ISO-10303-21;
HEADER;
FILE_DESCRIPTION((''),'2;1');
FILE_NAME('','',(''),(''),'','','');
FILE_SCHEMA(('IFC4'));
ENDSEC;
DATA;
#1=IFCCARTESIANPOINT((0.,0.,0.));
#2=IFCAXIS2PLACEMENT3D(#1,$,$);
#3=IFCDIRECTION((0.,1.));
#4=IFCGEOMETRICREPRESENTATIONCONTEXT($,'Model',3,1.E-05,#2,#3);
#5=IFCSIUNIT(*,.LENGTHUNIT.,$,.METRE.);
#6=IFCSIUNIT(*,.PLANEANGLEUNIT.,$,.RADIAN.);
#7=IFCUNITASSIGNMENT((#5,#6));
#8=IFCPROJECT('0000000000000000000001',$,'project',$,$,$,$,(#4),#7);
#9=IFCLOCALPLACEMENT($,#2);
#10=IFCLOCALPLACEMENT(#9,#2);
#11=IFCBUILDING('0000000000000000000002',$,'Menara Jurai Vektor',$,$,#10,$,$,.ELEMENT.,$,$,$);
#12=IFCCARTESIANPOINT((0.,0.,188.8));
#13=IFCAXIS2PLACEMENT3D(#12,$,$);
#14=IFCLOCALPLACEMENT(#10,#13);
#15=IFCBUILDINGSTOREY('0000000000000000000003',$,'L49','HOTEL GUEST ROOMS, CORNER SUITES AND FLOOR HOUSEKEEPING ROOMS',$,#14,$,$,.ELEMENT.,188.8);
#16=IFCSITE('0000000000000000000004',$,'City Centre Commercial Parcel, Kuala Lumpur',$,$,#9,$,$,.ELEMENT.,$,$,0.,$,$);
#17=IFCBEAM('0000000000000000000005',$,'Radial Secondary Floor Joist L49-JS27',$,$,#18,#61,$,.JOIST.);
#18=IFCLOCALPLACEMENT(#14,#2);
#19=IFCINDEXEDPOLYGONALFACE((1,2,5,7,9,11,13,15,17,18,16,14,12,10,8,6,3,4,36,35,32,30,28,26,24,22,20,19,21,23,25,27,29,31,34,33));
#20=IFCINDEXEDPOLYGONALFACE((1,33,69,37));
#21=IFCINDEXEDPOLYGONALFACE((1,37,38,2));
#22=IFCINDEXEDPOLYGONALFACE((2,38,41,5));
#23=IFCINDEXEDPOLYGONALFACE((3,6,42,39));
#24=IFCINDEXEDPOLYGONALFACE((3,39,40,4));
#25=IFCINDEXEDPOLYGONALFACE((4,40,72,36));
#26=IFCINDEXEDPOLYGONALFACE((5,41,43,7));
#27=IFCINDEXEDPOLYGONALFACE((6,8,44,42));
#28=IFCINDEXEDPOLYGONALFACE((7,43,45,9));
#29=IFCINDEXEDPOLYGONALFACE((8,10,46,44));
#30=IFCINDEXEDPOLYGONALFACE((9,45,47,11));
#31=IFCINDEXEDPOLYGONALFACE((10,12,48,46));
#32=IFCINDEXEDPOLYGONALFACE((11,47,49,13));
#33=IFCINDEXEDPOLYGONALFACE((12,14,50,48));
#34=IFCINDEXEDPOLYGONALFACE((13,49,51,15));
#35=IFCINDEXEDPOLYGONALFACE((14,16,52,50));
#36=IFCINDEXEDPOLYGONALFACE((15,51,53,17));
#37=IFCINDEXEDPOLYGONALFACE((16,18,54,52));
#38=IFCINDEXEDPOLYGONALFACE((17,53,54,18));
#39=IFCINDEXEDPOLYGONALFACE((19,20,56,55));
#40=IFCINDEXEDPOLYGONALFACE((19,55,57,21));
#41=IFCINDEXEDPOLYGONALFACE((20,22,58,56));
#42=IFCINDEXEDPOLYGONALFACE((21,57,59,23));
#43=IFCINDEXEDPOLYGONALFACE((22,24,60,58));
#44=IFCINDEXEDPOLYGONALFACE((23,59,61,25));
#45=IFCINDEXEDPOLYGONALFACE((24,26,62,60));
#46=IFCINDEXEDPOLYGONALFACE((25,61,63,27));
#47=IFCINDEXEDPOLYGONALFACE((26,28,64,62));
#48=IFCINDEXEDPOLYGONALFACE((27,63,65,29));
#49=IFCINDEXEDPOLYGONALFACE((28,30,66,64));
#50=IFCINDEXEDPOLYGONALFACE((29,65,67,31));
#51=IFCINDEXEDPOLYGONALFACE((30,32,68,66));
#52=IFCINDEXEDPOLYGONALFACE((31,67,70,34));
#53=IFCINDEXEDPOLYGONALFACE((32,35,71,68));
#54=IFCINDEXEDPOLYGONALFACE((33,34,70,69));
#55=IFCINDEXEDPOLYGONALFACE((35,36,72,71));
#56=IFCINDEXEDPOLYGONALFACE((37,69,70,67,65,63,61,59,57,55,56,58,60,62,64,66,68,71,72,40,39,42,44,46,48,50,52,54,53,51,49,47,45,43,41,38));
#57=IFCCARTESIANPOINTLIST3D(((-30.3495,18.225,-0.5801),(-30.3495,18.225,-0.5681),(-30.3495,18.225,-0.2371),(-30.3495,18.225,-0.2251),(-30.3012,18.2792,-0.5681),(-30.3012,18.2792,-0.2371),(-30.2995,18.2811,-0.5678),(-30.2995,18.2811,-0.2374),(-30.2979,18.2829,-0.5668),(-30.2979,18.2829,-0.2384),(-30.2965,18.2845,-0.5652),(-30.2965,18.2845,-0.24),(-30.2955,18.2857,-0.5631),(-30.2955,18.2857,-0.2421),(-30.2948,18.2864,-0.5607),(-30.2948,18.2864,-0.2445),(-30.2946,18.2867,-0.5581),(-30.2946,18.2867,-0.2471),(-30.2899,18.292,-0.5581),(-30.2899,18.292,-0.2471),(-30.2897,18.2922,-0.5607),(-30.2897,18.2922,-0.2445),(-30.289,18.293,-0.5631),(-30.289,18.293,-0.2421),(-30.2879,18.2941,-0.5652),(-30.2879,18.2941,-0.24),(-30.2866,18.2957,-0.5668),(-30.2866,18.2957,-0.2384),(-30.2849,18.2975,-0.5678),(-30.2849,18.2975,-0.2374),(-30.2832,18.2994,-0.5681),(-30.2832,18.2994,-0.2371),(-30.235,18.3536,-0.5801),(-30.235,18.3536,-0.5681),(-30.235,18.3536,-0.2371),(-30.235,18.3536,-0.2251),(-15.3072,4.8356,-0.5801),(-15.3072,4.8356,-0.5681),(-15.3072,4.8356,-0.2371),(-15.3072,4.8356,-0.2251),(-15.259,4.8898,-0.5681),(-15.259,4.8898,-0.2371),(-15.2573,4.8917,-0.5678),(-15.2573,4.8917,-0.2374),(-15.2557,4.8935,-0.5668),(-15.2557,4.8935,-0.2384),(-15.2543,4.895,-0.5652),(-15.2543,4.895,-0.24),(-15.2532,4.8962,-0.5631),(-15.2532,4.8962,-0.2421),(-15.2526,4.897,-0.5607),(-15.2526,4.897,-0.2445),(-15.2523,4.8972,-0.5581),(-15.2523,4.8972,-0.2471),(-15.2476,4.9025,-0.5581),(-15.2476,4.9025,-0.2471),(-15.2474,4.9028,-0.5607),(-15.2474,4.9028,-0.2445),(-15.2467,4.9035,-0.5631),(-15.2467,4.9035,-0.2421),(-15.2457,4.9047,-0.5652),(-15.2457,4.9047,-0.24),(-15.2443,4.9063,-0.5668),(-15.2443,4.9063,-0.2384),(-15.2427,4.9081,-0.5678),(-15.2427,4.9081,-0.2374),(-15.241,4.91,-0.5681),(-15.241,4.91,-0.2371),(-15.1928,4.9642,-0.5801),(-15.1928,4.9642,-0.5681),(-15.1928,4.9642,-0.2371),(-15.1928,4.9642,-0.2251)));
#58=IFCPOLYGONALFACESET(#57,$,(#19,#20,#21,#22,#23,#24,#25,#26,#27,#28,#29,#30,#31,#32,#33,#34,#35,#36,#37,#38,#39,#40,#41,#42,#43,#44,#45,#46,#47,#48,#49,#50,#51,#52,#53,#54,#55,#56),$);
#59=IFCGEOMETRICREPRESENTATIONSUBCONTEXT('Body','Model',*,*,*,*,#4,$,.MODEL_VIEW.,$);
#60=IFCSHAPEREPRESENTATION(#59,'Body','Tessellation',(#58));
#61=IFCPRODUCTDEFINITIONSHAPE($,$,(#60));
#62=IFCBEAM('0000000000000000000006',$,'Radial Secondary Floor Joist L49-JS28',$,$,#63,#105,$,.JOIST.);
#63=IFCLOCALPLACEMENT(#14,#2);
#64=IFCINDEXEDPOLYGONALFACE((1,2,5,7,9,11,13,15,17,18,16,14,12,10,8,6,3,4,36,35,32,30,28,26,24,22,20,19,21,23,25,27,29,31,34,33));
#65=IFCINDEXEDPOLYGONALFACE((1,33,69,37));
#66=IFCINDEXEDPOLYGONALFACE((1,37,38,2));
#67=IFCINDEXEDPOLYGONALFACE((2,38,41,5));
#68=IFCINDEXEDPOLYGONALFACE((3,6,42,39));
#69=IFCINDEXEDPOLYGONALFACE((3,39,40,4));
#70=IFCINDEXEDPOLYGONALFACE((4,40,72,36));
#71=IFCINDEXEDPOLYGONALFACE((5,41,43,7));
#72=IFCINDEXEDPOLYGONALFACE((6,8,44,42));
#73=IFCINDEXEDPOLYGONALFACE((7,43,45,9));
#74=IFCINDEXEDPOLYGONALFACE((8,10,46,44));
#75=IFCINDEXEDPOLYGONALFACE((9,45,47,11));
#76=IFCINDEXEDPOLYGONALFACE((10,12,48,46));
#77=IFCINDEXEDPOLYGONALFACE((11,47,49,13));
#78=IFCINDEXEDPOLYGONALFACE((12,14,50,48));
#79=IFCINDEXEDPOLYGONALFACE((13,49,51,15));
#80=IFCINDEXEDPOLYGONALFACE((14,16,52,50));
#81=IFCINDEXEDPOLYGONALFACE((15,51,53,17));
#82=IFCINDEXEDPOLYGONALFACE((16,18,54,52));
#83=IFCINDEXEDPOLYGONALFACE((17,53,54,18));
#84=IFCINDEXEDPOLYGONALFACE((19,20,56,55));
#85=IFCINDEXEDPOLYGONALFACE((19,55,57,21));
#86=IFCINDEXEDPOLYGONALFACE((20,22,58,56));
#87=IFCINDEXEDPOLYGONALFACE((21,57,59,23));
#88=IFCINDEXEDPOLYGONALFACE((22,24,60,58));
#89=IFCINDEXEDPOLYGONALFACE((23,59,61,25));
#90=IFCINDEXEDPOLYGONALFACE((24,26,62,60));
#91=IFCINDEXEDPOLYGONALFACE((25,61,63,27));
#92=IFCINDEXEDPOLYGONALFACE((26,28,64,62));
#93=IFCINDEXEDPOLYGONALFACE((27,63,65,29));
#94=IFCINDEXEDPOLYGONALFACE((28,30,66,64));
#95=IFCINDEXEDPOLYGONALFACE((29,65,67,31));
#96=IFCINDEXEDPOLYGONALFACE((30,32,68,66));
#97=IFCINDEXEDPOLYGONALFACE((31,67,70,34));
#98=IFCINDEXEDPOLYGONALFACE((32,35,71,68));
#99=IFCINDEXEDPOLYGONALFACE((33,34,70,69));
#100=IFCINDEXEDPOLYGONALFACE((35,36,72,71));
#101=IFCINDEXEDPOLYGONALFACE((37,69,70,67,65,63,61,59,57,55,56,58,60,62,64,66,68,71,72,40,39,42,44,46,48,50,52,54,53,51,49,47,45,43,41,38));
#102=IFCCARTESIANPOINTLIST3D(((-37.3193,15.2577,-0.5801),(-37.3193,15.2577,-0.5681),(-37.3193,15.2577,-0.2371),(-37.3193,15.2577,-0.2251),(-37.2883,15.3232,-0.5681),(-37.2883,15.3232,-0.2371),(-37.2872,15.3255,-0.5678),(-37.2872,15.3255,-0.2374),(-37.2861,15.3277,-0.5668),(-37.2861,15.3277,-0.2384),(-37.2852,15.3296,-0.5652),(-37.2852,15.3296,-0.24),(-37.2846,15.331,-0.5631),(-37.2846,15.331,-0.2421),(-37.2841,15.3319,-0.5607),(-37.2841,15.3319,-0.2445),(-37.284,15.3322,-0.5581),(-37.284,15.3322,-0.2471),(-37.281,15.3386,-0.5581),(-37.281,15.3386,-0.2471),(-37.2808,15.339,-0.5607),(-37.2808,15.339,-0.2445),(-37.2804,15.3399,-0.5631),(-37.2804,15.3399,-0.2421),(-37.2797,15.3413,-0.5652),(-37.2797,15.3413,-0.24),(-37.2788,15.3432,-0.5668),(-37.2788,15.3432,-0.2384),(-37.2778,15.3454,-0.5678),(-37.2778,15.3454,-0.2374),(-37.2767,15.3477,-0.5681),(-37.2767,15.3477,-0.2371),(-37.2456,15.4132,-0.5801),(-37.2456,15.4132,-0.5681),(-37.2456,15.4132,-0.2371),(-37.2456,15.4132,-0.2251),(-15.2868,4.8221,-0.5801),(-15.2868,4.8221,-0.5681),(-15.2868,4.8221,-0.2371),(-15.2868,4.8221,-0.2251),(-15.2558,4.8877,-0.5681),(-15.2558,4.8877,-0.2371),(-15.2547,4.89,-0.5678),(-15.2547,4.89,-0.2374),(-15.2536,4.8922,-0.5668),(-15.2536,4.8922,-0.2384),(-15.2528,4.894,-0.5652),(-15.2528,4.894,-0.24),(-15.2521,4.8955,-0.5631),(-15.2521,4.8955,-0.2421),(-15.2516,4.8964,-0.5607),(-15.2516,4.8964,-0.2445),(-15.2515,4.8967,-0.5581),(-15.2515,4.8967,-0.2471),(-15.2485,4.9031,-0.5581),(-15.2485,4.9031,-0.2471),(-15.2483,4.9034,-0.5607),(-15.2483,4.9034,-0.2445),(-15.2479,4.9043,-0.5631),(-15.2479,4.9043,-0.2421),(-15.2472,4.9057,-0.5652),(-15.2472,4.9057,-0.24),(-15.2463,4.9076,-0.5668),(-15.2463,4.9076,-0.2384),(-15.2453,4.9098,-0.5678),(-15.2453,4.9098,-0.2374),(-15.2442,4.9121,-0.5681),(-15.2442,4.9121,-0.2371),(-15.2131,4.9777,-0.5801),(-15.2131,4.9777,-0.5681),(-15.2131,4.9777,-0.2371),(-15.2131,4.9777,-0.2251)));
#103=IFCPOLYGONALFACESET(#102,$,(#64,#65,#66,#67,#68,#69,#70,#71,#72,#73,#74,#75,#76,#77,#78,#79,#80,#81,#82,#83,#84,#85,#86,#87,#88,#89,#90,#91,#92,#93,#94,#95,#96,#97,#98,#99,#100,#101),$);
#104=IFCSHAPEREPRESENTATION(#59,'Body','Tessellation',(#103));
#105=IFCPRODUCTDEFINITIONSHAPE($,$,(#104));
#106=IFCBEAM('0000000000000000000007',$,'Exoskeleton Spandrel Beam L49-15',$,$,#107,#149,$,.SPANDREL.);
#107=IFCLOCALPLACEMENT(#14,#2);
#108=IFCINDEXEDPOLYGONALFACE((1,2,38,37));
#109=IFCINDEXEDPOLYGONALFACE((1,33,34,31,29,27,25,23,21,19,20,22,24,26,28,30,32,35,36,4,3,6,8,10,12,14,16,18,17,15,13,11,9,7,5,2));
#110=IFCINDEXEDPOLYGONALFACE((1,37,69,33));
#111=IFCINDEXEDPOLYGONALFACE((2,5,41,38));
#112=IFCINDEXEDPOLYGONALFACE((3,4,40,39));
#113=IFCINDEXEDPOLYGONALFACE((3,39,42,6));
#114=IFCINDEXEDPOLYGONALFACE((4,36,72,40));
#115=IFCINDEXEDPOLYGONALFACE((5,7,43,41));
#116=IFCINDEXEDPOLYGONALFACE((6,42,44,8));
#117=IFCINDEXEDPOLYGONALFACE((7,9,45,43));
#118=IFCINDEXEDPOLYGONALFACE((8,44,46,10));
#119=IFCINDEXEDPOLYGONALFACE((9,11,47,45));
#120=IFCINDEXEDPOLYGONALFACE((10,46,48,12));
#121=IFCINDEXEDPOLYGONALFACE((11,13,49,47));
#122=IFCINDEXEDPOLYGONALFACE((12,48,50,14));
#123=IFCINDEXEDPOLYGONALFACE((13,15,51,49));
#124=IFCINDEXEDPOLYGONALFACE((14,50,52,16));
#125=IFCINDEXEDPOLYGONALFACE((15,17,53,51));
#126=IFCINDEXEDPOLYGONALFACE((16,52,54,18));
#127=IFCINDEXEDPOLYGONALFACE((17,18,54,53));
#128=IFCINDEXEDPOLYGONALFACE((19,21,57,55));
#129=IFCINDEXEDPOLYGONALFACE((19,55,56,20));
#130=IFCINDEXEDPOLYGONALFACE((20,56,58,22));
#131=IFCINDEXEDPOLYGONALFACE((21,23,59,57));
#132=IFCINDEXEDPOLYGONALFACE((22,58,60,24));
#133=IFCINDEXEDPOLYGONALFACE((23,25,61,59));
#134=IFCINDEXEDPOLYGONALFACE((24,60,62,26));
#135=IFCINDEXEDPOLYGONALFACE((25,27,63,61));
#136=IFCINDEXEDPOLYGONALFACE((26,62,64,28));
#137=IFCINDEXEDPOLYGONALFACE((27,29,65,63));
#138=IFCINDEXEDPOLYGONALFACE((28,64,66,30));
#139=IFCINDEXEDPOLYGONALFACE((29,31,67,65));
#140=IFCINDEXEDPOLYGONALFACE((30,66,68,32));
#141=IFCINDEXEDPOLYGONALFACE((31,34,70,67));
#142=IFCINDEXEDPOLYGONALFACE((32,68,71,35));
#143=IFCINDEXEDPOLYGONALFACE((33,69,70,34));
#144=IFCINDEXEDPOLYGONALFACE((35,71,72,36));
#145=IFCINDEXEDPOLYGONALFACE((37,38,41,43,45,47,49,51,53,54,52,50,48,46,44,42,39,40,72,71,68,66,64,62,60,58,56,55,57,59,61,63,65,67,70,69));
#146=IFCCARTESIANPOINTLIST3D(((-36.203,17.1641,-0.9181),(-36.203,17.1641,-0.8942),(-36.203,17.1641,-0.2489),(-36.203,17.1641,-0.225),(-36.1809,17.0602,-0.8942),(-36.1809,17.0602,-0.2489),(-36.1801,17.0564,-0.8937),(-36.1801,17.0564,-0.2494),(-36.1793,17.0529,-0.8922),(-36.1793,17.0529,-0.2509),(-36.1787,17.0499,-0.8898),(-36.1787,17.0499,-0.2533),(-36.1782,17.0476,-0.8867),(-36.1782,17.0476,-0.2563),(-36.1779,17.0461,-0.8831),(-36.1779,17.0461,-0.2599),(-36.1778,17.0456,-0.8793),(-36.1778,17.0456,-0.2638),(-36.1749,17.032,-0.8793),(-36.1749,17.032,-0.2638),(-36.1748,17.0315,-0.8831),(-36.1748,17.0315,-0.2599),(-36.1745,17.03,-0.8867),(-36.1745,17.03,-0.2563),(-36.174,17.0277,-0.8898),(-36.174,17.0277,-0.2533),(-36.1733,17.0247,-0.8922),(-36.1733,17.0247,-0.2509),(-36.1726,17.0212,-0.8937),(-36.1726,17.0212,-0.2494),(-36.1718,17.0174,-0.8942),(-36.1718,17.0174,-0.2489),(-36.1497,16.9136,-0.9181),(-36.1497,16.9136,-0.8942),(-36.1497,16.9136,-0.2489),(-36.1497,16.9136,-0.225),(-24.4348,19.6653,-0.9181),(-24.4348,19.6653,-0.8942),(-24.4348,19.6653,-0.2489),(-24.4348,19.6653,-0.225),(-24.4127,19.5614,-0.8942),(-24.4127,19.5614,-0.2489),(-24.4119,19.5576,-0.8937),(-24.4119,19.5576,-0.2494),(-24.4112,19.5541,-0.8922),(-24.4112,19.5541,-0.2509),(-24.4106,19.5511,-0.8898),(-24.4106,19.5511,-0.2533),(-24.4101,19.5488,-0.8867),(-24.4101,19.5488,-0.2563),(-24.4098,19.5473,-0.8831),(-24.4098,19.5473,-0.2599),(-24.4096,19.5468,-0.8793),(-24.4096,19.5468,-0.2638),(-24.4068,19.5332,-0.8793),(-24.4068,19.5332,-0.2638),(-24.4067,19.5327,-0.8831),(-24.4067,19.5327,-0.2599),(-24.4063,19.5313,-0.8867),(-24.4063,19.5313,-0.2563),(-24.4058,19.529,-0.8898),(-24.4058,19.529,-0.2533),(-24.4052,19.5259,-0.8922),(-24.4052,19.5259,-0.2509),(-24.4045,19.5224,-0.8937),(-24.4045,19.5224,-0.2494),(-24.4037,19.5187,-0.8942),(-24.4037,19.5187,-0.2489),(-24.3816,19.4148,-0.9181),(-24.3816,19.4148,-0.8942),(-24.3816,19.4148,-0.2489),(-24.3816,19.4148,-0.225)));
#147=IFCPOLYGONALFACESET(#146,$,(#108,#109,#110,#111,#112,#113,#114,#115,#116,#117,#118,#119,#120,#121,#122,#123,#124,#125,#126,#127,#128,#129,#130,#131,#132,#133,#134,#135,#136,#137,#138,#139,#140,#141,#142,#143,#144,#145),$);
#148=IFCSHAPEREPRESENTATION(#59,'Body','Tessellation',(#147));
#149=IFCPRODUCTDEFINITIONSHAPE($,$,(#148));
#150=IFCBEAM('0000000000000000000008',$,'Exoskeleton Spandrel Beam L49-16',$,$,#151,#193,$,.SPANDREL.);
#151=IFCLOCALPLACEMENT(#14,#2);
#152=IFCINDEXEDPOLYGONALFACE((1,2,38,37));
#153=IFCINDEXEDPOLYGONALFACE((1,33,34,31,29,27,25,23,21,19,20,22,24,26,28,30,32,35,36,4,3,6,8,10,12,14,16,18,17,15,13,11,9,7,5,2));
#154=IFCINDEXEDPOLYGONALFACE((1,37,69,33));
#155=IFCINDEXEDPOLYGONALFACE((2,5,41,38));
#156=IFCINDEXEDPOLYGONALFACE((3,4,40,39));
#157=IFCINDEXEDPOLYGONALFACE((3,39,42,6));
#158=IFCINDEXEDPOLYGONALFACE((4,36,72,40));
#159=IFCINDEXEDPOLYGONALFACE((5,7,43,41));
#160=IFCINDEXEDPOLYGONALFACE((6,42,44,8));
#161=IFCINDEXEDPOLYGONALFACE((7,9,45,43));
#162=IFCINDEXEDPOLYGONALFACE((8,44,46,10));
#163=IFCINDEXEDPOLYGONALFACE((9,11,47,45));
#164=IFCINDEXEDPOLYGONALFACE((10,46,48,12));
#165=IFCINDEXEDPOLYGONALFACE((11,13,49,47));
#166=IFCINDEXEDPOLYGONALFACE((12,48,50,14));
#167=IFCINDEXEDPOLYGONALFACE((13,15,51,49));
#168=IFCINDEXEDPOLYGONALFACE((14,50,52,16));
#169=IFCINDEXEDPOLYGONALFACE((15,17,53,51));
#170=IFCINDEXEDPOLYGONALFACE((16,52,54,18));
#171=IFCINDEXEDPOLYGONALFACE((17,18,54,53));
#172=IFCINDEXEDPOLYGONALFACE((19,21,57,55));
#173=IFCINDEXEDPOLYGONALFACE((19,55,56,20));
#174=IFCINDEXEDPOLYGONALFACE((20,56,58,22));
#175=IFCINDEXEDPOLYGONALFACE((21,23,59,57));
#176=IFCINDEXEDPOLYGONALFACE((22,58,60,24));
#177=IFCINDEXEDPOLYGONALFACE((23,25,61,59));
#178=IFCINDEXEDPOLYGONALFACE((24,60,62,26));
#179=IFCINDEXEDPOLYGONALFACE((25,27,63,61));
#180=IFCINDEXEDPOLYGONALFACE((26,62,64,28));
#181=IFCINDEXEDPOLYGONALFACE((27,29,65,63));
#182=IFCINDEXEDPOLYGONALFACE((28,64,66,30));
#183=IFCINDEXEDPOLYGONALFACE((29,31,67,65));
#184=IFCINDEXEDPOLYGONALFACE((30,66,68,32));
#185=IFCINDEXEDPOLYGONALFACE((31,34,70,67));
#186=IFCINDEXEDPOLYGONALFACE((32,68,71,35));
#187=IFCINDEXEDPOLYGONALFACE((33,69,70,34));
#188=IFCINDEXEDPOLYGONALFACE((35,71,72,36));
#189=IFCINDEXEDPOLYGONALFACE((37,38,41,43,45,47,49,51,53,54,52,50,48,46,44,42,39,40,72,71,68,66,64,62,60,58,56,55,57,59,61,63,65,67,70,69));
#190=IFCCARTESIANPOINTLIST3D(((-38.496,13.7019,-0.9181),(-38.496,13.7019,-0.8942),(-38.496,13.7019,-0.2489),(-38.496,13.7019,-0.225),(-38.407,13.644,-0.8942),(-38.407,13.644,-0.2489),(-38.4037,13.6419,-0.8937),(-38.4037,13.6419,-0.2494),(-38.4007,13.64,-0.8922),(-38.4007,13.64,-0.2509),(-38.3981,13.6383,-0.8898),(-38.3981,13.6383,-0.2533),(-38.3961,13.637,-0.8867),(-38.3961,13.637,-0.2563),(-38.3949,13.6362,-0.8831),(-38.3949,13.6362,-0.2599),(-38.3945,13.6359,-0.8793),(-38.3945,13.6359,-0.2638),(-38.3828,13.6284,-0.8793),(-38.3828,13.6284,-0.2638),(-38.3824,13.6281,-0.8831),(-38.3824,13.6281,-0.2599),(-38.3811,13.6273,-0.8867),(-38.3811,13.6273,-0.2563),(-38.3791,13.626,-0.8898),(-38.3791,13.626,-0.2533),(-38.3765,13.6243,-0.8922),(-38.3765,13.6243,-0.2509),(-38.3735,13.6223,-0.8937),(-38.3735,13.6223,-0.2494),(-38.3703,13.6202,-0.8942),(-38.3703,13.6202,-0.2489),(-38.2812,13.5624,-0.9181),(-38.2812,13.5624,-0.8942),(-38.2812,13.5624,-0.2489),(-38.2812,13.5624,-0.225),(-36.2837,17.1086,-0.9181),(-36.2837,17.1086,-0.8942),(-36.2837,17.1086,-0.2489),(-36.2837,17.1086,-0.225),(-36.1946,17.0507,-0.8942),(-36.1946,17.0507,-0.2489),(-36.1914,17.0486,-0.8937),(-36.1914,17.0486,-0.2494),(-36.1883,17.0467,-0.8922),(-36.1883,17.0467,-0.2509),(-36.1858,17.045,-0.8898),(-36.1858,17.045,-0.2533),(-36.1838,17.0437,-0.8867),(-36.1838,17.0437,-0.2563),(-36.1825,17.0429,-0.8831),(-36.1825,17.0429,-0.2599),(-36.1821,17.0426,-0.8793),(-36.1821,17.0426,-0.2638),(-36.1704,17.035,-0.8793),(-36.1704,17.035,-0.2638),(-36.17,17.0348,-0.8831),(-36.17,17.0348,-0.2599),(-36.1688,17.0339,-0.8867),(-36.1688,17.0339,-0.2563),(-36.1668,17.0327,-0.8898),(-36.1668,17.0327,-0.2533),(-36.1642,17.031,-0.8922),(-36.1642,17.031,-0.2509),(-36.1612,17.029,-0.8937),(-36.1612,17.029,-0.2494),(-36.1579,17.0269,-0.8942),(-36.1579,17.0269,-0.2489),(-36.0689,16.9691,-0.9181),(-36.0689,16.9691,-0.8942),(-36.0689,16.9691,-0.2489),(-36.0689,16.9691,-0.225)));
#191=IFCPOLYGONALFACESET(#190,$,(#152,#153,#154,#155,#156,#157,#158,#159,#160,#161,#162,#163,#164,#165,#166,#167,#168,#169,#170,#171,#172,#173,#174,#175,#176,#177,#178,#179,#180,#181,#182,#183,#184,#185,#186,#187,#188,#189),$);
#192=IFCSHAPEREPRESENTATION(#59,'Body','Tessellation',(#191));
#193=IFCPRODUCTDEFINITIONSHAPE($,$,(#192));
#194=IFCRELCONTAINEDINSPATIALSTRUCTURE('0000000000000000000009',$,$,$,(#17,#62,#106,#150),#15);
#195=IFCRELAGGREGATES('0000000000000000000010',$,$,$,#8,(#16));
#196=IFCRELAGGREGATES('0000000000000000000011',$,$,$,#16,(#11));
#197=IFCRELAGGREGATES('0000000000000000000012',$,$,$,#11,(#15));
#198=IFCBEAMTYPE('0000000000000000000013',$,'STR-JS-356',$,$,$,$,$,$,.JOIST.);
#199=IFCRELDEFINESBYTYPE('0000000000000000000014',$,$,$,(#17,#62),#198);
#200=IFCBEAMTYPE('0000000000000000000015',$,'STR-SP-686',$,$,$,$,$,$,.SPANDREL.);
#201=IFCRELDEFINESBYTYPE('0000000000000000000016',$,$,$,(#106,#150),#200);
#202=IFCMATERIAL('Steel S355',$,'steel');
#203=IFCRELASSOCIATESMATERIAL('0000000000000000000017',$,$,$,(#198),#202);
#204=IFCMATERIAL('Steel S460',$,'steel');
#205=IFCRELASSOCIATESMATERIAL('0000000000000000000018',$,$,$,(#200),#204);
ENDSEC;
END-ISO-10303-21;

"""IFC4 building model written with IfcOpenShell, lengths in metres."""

from ifc_helpers import new_model, si_unit, direction, frame, origin, origin_2d, place, context, subcontext, project, spatial, i_section, extrude, material, material_profile, profile_set, type_object, element, save


model = new_model("IFC4")

# Units and contexts
model_context = context("Model", 3, precision=1e-05, world=origin(), true_north=direction((0.0, 1.0)))
body_context = subcontext(model_context, "Body", "Model", "MODEL_VIEW")
ifc_project = project(units=[si_unit("LENGTHUNIT", "METRE"), si_unit("PLANEANGLEUNIT", "RADIAN")], contexts=[model_context])

# Site, building, storey
site_placement = place(None, origin())
site = spatial("IfcSite", under=ifc_project, at=site_placement, Name="City Centre Commercial Parcel, Kuala Lumpur", CompositionType="ELEMENT", RefElevation=0.0)
building_placement = place(site_placement, origin())
building = spatial("IfcBuilding", under=site, at=building_placement, Name="Menara Jurai Vektor", CompositionType="ELEMENT")
storey_placement = place(building_placement, frame((0.0, 0.0, 188.8)))
storey = spatial("IfcBuildingStorey", under=building, at=storey_placement, Name="L49", Description="HOTEL GUEST ROOMS, CORNER SUITES AND FLOOR HOUSEKEEPING ROOMS", CompositionType="ELEMENT", Elevation=188.8)

# Shared definitions
ifc_material_1 = material(Name="Steel S460", Category="steel")

# Shared definitions
ifc_material_2 = material(Name="Steel S355", Category="steel")

# Beams
ifc_material_profile_1 = material_profile(ifc_material_2, i_section(OverallWidth=0.1721, OverallDepth=0.355, WebThickness=0.0071, FlangeThickness=0.012, FilletRadius=0.01, at=origin_2d()), Name="UKB 356x171x51")
ifc_profile_set_1 = profile_set([ifc_material_profile_1], Name="Steel S355")
beam_type_1 = type_object("IfcBeamType", Name="STR-JS-356", PredefinedType="JOIST", material=ifc_profile_set_1)
beam_1_placement = place(storey_placement, frame((-30.2922, 18.2893, -0.4026), z_axis=(0.746952, -0.664878, 0.0), x_axis=(0.664878, 0.746952, 0.0)))
element("IfcBeam", 1, at=beam_1_placement, inside=storey, type_object=beam_type_1, Name="Radial Secondary Floor Joist L49-JS27", PredefinedType="JOIST", context=body_context, shape_type="SweptSolid", body=[
    extrude(i_section(OverallWidth=0.1721, OverallDepth=0.355, WebThickness=0.0071, FlangeThickness=0.012, FilletRadius=0.01, at=origin_2d()), origin(), (0.0, 0.0, 1.0), 20.1382),
])
beam_2_placement = place(storey_placement, frame((-37.2825, 15.3354, -0.4026), z_axis=(0.903752, -0.428057, 0.0), x_axis=(0.428057, 0.903752, 0.0)))
element("IfcBeam", 2, at=beam_2_placement, inside=storey, type_object=beam_type_1, Name="Radial Secondary Floor Joist L49-JS28", PredefinedType="JOIST", context=body_context, shape_type="SweptSolid", body=[
    extrude(i_section(OverallWidth=0.1721, OverallDepth=0.355, WebThickness=0.0071, FlangeThickness=0.012, FilletRadius=0.01, at=origin_2d()), origin(), (0.0, 0.0, 1.0), 24.3789),
])
ifc_material_profile_2 = material_profile(ifc_material_1, i_section(OverallWidth=0.2561, OverallDepth=0.6931, WebThickness=0.0139, FlangeThickness=0.0239, FilletRadius=0.0149, at=origin_2d()), Name="UKB 686x254x170")
ifc_profile_set_2 = profile_set([ifc_material_profile_2], Name="Steel S460")
beam_type_2 = type_object("IfcBeamType", Name="STR-SP-686", PredefinedType="SPANDREL", material=ifc_profile_set_2)
beam_3_placement = place(storey_placement, frame((-24.4082, 19.54, -0.5715), z_axis=(-0.97815, -0.207899, 0.0), x_axis=(0.207899, -0.97815, 0.0)))
element("IfcBeam", 3, at=beam_3_placement, inside=storey, type_object=beam_type_2, Name="Exoskeleton Spandrel Beam L49-15", PredefinedType="SPANDREL", context=body_context, shape_type="SweptSolid", body=[
    extrude(i_section(OverallWidth=0.2561, OverallDepth=0.6931, WebThickness=0.0139, FlangeThickness=0.0239, FilletRadius=0.0149, at=origin_2d()), origin(), (0.0, 0.0, 1.0), 12.031),
])
beam_4_placement = place(storey_placement, frame((-36.1763, 17.0388, -0.5715), z_axis=(-0.544646, -0.838666, 0.0), x_axis=(0.838666, -0.544646, 0.0)))
element("IfcBeam", 4, at=beam_4_placement, inside=storey, type_object=beam_type_2, Name="Exoskeleton Spandrel Beam L49-16", PredefinedType="SPANDREL", context=body_context, shape_type="SweptSolid", body=[
    extrude(i_section(OverallWidth=0.2561, OverallDepth=0.6931, WebThickness=0.0139, FlangeThickness=0.0239, FilletRadius=0.0149, at=origin_2d()), origin(), (0.0, 0.0, 1.0), 4.062),
])

save(model, "model.ifc")
